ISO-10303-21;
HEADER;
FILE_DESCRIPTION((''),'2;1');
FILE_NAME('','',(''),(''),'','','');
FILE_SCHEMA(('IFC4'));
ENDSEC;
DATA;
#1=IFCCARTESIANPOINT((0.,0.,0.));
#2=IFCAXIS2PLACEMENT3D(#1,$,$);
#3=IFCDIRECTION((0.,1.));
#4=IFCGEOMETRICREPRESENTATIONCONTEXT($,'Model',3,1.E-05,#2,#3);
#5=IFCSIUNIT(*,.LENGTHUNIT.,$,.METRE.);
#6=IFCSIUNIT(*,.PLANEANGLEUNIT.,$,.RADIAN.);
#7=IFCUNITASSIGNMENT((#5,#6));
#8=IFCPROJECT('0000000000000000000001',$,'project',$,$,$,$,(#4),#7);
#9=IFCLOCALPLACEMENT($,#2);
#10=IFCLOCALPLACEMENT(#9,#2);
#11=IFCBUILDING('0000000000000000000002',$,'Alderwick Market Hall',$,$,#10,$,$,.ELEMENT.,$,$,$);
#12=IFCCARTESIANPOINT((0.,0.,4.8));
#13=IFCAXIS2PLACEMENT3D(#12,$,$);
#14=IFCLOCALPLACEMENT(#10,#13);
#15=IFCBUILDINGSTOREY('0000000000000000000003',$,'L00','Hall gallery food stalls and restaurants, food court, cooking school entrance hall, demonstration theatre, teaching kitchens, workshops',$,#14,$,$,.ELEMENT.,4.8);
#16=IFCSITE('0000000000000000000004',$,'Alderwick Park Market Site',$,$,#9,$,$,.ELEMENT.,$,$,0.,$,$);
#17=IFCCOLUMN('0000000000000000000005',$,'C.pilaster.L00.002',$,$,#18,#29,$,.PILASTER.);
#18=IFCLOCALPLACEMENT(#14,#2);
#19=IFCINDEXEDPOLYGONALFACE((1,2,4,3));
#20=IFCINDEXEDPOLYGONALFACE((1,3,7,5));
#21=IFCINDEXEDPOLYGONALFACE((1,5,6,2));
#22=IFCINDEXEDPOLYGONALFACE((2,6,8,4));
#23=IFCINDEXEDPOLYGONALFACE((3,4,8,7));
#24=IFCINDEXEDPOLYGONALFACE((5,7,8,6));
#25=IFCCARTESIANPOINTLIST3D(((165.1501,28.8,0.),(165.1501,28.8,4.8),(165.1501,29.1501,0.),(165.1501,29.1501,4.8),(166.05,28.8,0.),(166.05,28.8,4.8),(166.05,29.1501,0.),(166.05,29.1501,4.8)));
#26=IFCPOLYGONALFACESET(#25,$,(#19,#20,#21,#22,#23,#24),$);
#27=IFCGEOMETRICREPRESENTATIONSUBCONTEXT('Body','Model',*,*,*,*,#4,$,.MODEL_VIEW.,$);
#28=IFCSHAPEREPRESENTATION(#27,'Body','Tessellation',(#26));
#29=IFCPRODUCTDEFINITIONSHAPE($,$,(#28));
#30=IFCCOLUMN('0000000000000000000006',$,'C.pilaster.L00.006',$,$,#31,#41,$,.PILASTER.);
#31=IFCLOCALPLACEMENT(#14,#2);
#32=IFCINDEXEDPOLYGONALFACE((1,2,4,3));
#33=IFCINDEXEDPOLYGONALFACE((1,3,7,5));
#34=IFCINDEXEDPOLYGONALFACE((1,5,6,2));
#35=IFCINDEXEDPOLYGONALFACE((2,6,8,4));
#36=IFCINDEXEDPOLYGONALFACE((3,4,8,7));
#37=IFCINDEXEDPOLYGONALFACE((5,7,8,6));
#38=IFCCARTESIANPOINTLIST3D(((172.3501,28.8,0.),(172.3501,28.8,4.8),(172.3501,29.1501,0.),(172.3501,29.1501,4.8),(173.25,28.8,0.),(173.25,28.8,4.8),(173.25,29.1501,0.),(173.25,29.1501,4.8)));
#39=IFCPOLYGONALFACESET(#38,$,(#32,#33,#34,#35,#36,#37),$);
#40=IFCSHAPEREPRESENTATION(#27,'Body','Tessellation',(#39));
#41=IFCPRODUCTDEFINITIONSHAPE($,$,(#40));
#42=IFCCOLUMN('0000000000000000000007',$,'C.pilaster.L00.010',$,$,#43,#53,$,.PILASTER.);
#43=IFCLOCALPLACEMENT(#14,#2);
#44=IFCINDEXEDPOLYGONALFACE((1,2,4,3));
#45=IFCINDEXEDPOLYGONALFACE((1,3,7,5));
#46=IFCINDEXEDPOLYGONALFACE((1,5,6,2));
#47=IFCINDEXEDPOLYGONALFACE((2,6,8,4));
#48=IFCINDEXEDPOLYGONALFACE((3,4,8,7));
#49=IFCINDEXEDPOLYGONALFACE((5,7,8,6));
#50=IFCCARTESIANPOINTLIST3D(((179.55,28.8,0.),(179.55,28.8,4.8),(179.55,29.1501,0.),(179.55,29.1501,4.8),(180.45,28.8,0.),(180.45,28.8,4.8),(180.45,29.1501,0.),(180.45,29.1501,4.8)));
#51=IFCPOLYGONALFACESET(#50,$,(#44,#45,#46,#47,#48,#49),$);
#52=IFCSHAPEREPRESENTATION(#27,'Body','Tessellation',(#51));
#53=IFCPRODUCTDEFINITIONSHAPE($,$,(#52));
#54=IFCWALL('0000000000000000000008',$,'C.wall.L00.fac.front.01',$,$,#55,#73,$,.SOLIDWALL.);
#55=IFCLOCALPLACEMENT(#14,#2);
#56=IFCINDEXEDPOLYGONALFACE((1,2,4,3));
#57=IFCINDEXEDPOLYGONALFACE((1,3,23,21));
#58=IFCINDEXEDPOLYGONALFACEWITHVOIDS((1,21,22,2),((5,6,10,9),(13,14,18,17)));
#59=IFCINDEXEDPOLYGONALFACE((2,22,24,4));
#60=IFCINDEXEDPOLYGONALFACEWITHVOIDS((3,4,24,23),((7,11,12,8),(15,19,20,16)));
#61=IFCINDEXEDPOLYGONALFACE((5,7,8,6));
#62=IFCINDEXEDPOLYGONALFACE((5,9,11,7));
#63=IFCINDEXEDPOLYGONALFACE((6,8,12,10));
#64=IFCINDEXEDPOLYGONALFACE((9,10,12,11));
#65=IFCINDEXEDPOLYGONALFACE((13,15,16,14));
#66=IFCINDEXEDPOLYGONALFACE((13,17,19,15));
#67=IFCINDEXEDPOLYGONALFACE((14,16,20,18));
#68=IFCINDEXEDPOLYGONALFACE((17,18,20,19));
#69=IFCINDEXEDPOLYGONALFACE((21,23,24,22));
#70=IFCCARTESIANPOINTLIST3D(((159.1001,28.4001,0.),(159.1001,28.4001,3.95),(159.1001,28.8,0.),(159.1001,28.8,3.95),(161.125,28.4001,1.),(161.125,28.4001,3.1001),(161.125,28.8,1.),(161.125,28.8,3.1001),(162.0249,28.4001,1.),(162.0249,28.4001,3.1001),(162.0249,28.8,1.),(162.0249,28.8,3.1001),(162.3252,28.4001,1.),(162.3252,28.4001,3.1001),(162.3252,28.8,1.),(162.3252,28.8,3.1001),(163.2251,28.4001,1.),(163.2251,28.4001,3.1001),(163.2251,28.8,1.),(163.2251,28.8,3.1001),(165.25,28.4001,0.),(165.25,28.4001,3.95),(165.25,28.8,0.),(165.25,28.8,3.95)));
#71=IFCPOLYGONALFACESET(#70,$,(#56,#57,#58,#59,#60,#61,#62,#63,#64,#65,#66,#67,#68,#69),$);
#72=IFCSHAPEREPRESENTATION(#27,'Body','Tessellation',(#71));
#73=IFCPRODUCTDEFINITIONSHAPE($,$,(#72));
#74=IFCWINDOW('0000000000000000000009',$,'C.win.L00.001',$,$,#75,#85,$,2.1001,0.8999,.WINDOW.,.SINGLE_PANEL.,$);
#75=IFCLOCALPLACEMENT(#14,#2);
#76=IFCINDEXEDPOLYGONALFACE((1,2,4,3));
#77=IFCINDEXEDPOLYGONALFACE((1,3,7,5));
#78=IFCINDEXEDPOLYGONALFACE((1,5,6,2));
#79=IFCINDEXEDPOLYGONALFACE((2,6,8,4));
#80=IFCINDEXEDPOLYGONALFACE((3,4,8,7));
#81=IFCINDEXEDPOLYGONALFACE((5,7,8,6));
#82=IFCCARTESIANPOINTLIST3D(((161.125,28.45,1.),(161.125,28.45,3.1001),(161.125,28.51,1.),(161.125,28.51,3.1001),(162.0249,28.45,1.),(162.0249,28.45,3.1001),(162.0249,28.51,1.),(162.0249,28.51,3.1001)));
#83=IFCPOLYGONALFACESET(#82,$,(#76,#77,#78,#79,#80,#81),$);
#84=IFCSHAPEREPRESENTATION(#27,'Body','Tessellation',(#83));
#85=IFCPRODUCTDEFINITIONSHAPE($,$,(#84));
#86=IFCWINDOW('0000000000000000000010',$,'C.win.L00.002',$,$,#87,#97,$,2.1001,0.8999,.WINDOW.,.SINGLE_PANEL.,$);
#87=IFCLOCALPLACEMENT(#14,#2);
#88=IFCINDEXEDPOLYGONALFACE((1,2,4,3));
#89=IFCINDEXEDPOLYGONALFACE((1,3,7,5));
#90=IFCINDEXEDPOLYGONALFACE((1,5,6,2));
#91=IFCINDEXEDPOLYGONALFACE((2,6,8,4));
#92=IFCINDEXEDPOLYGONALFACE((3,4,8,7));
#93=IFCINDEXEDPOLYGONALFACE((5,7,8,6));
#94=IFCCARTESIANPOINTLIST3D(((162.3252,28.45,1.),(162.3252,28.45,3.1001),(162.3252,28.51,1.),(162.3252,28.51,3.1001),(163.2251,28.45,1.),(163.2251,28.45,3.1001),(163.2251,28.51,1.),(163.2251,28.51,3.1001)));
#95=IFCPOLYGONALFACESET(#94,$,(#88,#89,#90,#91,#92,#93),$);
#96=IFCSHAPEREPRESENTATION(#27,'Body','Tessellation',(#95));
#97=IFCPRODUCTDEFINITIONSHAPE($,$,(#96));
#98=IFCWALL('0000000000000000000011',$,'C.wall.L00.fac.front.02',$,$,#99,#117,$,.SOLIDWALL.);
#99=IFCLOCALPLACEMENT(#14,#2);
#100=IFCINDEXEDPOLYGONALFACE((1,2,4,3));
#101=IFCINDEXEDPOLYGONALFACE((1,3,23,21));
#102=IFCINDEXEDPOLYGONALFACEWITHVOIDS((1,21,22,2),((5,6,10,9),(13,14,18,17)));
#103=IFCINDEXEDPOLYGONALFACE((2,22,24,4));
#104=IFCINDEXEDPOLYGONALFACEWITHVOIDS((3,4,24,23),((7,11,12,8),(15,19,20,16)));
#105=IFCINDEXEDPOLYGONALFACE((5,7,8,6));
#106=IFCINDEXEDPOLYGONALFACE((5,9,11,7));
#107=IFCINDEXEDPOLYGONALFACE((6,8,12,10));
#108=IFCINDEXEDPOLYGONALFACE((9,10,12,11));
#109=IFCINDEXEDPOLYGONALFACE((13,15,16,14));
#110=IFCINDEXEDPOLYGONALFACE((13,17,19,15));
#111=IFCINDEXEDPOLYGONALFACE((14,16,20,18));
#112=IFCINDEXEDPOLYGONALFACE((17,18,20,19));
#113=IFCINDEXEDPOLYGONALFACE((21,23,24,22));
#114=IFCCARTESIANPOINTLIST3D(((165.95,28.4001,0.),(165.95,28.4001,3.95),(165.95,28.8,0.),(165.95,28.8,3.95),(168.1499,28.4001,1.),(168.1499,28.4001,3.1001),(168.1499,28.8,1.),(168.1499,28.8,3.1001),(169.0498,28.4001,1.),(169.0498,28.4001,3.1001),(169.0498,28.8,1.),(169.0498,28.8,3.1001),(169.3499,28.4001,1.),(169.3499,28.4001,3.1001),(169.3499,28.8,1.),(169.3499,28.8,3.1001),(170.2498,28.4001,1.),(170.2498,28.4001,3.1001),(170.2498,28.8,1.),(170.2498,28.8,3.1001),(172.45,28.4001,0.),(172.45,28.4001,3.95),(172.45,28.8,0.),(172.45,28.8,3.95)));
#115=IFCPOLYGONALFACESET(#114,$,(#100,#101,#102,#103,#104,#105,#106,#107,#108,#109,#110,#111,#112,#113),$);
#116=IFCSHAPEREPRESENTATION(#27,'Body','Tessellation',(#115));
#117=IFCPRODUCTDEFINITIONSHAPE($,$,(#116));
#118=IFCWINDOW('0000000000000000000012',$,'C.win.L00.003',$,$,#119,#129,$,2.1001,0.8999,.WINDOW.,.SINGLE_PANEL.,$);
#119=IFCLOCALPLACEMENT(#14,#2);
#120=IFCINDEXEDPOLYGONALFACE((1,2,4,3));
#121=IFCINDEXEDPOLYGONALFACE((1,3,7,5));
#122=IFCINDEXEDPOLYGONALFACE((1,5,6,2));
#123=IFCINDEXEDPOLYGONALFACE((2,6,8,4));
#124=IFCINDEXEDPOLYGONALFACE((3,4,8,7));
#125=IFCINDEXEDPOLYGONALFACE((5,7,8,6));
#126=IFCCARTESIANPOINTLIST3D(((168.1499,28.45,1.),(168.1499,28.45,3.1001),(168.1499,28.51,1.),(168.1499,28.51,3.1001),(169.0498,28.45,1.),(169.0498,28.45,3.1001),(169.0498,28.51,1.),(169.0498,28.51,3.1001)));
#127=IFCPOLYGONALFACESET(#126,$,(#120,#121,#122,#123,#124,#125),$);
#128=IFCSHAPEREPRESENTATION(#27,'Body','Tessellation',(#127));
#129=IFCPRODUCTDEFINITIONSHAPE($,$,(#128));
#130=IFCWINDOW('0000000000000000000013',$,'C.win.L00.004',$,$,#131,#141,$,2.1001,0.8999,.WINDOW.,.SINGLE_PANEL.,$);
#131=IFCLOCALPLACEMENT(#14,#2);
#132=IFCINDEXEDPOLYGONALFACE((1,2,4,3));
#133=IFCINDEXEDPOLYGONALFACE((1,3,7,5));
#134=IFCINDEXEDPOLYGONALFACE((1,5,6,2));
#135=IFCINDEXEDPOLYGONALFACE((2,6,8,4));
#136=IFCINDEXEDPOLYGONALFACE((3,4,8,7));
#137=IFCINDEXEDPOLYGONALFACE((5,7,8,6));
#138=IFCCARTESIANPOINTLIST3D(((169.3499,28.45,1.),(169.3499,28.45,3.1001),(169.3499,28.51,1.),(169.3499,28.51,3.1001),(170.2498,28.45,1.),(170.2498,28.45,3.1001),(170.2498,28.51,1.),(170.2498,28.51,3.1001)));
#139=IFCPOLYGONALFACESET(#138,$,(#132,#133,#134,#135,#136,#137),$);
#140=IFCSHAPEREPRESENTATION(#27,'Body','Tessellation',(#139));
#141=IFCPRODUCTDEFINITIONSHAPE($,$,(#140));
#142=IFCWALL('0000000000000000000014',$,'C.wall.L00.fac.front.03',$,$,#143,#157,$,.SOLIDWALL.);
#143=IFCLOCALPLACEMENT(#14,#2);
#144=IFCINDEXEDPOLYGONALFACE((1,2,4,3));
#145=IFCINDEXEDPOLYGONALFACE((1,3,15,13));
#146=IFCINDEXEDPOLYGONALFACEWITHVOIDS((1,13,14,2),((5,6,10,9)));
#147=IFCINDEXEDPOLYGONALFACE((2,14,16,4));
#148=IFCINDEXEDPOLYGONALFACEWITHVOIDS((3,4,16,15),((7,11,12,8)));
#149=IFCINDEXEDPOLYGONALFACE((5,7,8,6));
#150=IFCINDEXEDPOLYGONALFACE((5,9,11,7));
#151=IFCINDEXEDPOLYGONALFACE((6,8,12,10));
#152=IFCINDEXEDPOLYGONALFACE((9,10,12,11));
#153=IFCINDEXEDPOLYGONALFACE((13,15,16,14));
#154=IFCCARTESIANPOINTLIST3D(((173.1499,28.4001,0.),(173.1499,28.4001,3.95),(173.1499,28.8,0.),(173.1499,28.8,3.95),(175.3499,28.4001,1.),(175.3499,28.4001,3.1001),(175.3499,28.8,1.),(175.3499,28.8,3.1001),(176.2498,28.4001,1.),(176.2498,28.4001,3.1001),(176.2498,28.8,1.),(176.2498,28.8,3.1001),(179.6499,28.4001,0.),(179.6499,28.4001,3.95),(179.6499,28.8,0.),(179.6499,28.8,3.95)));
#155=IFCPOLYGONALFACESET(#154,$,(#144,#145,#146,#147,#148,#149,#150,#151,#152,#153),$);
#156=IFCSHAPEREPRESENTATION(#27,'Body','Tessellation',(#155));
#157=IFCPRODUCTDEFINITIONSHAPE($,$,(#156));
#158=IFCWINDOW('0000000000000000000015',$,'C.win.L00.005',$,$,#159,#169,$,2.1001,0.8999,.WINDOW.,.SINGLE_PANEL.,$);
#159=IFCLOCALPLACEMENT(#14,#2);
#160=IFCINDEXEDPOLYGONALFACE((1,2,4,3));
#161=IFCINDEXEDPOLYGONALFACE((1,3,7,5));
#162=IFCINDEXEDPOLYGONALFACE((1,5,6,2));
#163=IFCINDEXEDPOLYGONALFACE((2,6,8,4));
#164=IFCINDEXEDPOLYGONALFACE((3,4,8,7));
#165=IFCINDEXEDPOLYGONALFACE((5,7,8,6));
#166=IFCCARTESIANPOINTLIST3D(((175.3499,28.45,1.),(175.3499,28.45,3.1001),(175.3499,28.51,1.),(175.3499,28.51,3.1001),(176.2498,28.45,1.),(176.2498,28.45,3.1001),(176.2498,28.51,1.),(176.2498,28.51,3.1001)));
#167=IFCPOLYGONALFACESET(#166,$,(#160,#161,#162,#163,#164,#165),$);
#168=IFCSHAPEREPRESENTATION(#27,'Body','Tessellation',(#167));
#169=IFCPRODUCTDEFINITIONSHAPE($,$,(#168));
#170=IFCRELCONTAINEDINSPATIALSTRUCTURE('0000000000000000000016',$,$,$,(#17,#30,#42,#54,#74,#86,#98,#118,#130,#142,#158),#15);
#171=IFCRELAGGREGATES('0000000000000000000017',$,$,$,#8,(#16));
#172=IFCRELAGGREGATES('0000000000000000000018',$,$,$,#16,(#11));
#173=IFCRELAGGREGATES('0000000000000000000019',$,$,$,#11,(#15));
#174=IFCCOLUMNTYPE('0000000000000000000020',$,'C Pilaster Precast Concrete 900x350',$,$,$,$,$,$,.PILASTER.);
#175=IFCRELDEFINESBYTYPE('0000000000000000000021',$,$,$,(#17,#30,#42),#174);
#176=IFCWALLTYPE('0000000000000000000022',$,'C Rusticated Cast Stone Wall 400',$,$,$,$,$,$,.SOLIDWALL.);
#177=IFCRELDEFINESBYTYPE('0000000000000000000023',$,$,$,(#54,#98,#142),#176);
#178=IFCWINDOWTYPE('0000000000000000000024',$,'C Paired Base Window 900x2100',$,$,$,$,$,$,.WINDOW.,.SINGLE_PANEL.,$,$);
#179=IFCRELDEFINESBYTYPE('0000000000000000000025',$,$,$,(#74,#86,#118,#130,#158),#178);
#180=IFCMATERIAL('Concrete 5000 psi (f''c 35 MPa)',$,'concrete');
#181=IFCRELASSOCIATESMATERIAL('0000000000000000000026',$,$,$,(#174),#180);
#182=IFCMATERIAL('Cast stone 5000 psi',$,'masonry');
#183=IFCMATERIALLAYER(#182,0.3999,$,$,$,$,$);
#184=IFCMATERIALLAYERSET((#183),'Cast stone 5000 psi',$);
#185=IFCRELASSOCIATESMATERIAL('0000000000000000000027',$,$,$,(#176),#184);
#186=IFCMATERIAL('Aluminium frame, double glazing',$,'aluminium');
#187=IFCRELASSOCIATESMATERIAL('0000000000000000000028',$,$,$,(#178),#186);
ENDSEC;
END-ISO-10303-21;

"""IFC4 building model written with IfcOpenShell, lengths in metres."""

from ifc_helpers import new_model, si_unit, direction, frame, frame_2d, origin, origin_2d, place, context, subcontext, project, spatial, rectangle, extrude, material, layer, layer_set, material_profile, profile_set, type_object, element, fill, save


model = new_model("IFC4")

# Units and contexts
model_context = context("Model", 3, precision=1e-05, world=origin(), true_north=direction((0.0, 1.0)))
body_context = subcontext(model_context, "Body", "Model", "MODEL_VIEW")
ifc_project = project(units=[si_unit("LENGTHUNIT", "METRE"), si_unit("PLANEANGLEUNIT", "RADIAN")], contexts=[model_context])

# Site, building, storey
site_placement = place(None, origin())
site = spatial("IfcSite", under=ifc_project, at=site_placement, Name="Alderwick Park Market Site", CompositionType="ELEMENT", RefElevation=0.0)
building_placement = place(site_placement, origin())
building = spatial("IfcBuilding", under=site, at=building_placement, Name="Alderwick Market Hall", CompositionType="ELEMENT")
storey_placement = place(building_placement, frame((0.0, 0.0, 4.8)))
storey = spatial("IfcBuildingStorey", under=building, at=storey_placement, Name="L00", Description="Hall gallery food stalls and restaurants, food court, cooking school entrance hall, demonstration theatre, teaching kitchens, workshops", CompositionType="ELEMENT", Elevation=4.8)

# Columns
ifc_material_1 = material(Name="Concrete 5000 psi (f'c 35 MPa)", Category="concrete")
ifc_material_profile = material_profile(ifc_material_1, rectangle(XDim=0.8999, YDim=0.3501, at=origin_2d()), Name="PC 900x350")
ifc_profile_set = profile_set([ifc_material_profile], Name="Concrete 5000 psi (f'c 35 MPa)")
column_type = type_object("IfcColumnType", Name="C Pilaster Precast Concrete 900x350", PredefinedType="PILASTER", material=ifc_profile_set)
for number, where, z_axis, x_axis, name in (
    (1, (165.6001, 28.9751, 0.0), (0.0, 0.0, 1.0), (1.0, 0.0, 0.0), "C.pilaster.L00.002"),
    (2, (172.8, 28.9751, 0.0), (0.0, 0.0, 1.0), (1.0, 0.0, 0.0), "C.pilaster.L00.006"),
    (3, (180.0, 28.9751, 0.0), (0.0, 0.0, 1.0), (1.0, 0.0, 0.0), "C.pilaster.L00.010"),
):
    element("IfcColumn", number, at=place(storey_placement, frame(where, z_axis=z_axis, x_axis=x_axis)), inside=storey, type_object=column_type, Name=name, PredefinedType="PILASTER", context=body_context, shape_type="SweptSolid", body=[
        extrude(rectangle(XDim=0.8999, YDim=0.3501, at=origin_2d()), origin(), (0.0, 0.0, 1.0), 4.8),
    ])

# Walls, openings, windows
ifc_material_2 = material(Name="Cast stone 5000 psi", Category="masonry")
ifc_layer_1 = layer(ifc_material_2, 0.3999)
ifc_layer_set_1 = layer_set([ifc_layer_1], Name="Cast stone 5000 psi")
wall_type = type_object("IfcWallType", Name="C Rusticated Cast Stone Wall 400", PredefinedType="SOLIDWALL", material=ifc_layer_set_1)
wall_1_placement = place(storey_placement, frame((159.1001, 28.6001, 0.0), z_axis=(0.0, 0.0, 1.0), x_axis=(1.0, 0.0, 0.0)))
wall_1 = element("IfcWall", 4, at=wall_1_placement, inside=storey, type_object=wall_type, Name="C.wall.L00.fac.front.01", PredefinedType="SOLIDWALL", context=body_context, shape_type="SweptSolid", body=[
    extrude(rectangle(XDim=6.1499, YDim=0.3999, at=frame_2d((3.075, 0.0))), origin(), (0.0, 0.0, 1.0), 3.95),
])
opening_1_placement = place(wall_1_placement, frame((2.0249, 0.0, 1.0)))
opening_1 = element("IfcOpeningElement", 5, at=opening_1_placement, cuts=wall_1, PredefinedType="OPENING", context=body_context, shape_type="SweptSolid", body=[
    extrude(rectangle(XDim=0.8999, YDim=2.1001, at=frame_2d((0.45, 1.05))), frame((0.0, 0.21, 0.0), z_axis=(0.0, -1.0, 0.0), x_axis=(1.0, 0.0, 0.0)), (0.0, 0.0, 1.0), 0.4199),
])
opening_2_placement = place(wall_1_placement, frame((3.2251, 0.0, 1.0)))
opening_2 = element("IfcOpeningElement", 6, at=opening_2_placement, cuts=wall_1, PredefinedType="OPENING", context=body_context, shape_type="SweptSolid", body=[
    extrude(rectangle(XDim=0.8999, YDim=2.1001, at=frame_2d((0.45, 1.05))), frame((0.0, 0.21, 0.0), z_axis=(0.0, -1.0, 0.0), x_axis=(1.0, 0.0, 0.0)), (0.0, 0.0, 1.0), 0.4199),
])
ifc_material_3 = material(Name="Aluminium frame, double glazing", Category="aluminium")
window_type = type_object("IfcWindowType", Name="C Paired Base Window 900x2100", PartitioningType="SINGLE_PANEL", PredefinedType="WINDOW", material=ifc_material_3)
window_1_placement = place(opening_1_placement, origin())
window_1 = element("IfcWindow", 7, at=window_1_placement, inside=storey, type_object=window_type, Name="C.win.L00.001", OverallHeight=2.1001, OverallWidth=0.8999, PartitioningType="SINGLE_PANEL", PredefinedType="WINDOW", context=body_context, shape_type="SweptSolid", body=[
    extrude(rectangle(XDim=0.8999, YDim=2.1001, at=frame_2d((0.45, 1.05))), frame((0.0, -0.0901, 0.0), z_axis=(0.0, -1.0, 0.0), x_axis=(1.0, 0.0, 0.0)), (0.0, 0.0, 1.0), 0.0601),
])
fill(opening_1, window_1)
window_2_placement = place(opening_2_placement, origin())
window_2 = element("IfcWindow", 8, at=window_2_placement, inside=storey, type_object=window_type, Name="C.win.L00.002", OverallHeight=2.1001, OverallWidth=0.8999, PartitioningType="SINGLE_PANEL", PredefinedType="WINDOW", context=body_context, shape_type="SweptSolid", body=[
    extrude(rectangle(XDim=0.8999, YDim=2.1001, at=frame_2d((0.45, 1.05))), frame((0.0, -0.0901, 0.0), z_axis=(0.0, -1.0, 0.0), x_axis=(1.0, 0.0, 0.0)), (0.0, 0.0, 1.0), 0.0601),
])
fill(opening_2, window_2)
wall_2_placement = place(storey_placement, frame((165.95, 28.6001, 0.0), z_axis=(0.0, 0.0, 1.0), x_axis=(1.0, 0.0, 0.0)))
wall_2 = element("IfcWall", 9, at=wall_2_placement, inside=storey, type_object=wall_type, Name="C.wall.L00.fac.front.02", PredefinedType="SOLIDWALL", context=body_context, shape_type="SweptSolid", body=[
    extrude(rectangle(XDim=6.5, YDim=0.3999, at=frame_2d((3.25, 0.0))), origin(), (0.0, 0.0, 1.0), 3.95),
])
opening_3_placement = place(wall_2_placement, frame((2.2, 0.0, 1.0)))
opening_3 = element("IfcOpeningElement", 10, at=opening_3_placement, cuts=wall_2, PredefinedType="OPENING", context=body_context, shape_type="SweptSolid", body=[
    extrude(rectangle(XDim=0.8999, YDim=2.1001, at=frame_2d((0.45, 1.05))), frame((0.0, 0.21, 0.0), z_axis=(0.0, -1.0, 0.0), x_axis=(1.0, 0.0, 0.0)), (0.0, 0.0, 1.0), 0.4199),
])
opening_4_placement = place(wall_2_placement, frame((3.3999, 0.0, 1.0)))
opening_4 = element("IfcOpeningElement", 11, at=opening_4_placement, cuts=wall_2, PredefinedType="OPENING", context=body_context, shape_type="SweptSolid", body=[
    extrude(rectangle(XDim=0.8999, YDim=2.1001, at=frame_2d((0.45, 1.05))), frame((0.0, 0.21, 0.0), z_axis=(0.0, -1.0, 0.0), x_axis=(1.0, 0.0, 0.0)), (0.0, 0.0, 1.0), 0.4199),
])
window_3_placement = place(opening_3_placement, origin())
window_3 = element("IfcWindow", 12, at=window_3_placement, inside=storey, type_object=window_type, Name="C.win.L00.003", OverallHeight=2.1001, OverallWidth=0.8999, PartitioningType="SINGLE_PANEL", PredefinedType="WINDOW", context=body_context, shape_type="SweptSolid", body=[
    extrude(rectangle(XDim=0.8999, YDim=2.1001, at=frame_2d((0.45, 1.05))), frame((0.0, -0.0901, 0.0), z_axis=(0.0, -1.0, 0.0), x_axis=(1.0, 0.0, 0.0)), (0.0, 0.0, 1.0), 0.0601),
])
fill(opening_3, window_3)
window_4_placement = place(opening_4_placement, origin())
window_4 = element("IfcWindow", 13, at=window_4_placement, inside=storey, type_object=window_type, Name="C.win.L00.004", OverallHeight=2.1001, OverallWidth=0.8999, PartitioningType="SINGLE_PANEL", PredefinedType="WINDOW", context=body_context, shape_type="SweptSolid", body=[
    extrude(rectangle(XDim=0.8999, YDim=2.1001, at=frame_2d((0.45, 1.05))), frame((0.0, -0.0901, 0.0), z_axis=(0.0, -1.0, 0.0), x_axis=(1.0, 0.0, 0.0)), (0.0, 0.0, 1.0), 0.0601),
])
fill(opening_4, window_4)

# Wall, opening, window
wall_3_placement = place(storey_placement, frame((173.1499, 28.6001, 0.0), z_axis=(0.0, 0.0, 1.0), x_axis=(1.0, 0.0, 0.0)))
wall_3 = element("IfcWall", 14, at=wall_3_placement, inside=storey, type_object=wall_type, Name="C.wall.L00.fac.front.03", PredefinedType="SOLIDWALL", context=body_context, shape_type="SweptSolid", body=[
    extrude(rectangle(XDim=6.5, YDim=0.3999, at=frame_2d((3.25, 0.0))), origin(), (0.0, 0.0, 1.0), 3.95),
])
opening_5_placement = place(wall_3_placement, frame((2.2, 0.0, 1.0)))
opening_5 = element("IfcOpeningElement", 15, at=opening_5_placement, cuts=wall_3, PredefinedType="OPENING", context=body_context, shape_type="SweptSolid", body=[
    extrude(rectangle(XDim=0.8999, YDim=2.1001, at=frame_2d((0.45, 1.05))), frame((0.0, 0.21, 0.0), z_axis=(0.0, -1.0, 0.0), x_axis=(1.0, 0.0, 0.0)), (0.0, 0.0, 1.0), 0.4199),
])
window_5_placement = place(opening_5_placement, origin())
window_5 = element("IfcWindow", 16, at=window_5_placement, inside=storey, type_object=window_type, Name="C.win.L00.005", OverallHeight=2.1001, OverallWidth=0.8999, PartitioningType="SINGLE_PANEL", PredefinedType="WINDOW", context=body_context, shape_type="SweptSolid", body=[
    extrude(rectangle(XDim=0.8999, YDim=2.1001, at=frame_2d((0.45, 1.05))), frame((0.0, -0.0901, 0.0), z_axis=(0.0, -1.0, 0.0), x_axis=(1.0, 0.0, 0.0)), (0.0, 0.0, 1.0), 0.0601),
])
fill(opening_5, window_5)

save(model, "model.ifc")
